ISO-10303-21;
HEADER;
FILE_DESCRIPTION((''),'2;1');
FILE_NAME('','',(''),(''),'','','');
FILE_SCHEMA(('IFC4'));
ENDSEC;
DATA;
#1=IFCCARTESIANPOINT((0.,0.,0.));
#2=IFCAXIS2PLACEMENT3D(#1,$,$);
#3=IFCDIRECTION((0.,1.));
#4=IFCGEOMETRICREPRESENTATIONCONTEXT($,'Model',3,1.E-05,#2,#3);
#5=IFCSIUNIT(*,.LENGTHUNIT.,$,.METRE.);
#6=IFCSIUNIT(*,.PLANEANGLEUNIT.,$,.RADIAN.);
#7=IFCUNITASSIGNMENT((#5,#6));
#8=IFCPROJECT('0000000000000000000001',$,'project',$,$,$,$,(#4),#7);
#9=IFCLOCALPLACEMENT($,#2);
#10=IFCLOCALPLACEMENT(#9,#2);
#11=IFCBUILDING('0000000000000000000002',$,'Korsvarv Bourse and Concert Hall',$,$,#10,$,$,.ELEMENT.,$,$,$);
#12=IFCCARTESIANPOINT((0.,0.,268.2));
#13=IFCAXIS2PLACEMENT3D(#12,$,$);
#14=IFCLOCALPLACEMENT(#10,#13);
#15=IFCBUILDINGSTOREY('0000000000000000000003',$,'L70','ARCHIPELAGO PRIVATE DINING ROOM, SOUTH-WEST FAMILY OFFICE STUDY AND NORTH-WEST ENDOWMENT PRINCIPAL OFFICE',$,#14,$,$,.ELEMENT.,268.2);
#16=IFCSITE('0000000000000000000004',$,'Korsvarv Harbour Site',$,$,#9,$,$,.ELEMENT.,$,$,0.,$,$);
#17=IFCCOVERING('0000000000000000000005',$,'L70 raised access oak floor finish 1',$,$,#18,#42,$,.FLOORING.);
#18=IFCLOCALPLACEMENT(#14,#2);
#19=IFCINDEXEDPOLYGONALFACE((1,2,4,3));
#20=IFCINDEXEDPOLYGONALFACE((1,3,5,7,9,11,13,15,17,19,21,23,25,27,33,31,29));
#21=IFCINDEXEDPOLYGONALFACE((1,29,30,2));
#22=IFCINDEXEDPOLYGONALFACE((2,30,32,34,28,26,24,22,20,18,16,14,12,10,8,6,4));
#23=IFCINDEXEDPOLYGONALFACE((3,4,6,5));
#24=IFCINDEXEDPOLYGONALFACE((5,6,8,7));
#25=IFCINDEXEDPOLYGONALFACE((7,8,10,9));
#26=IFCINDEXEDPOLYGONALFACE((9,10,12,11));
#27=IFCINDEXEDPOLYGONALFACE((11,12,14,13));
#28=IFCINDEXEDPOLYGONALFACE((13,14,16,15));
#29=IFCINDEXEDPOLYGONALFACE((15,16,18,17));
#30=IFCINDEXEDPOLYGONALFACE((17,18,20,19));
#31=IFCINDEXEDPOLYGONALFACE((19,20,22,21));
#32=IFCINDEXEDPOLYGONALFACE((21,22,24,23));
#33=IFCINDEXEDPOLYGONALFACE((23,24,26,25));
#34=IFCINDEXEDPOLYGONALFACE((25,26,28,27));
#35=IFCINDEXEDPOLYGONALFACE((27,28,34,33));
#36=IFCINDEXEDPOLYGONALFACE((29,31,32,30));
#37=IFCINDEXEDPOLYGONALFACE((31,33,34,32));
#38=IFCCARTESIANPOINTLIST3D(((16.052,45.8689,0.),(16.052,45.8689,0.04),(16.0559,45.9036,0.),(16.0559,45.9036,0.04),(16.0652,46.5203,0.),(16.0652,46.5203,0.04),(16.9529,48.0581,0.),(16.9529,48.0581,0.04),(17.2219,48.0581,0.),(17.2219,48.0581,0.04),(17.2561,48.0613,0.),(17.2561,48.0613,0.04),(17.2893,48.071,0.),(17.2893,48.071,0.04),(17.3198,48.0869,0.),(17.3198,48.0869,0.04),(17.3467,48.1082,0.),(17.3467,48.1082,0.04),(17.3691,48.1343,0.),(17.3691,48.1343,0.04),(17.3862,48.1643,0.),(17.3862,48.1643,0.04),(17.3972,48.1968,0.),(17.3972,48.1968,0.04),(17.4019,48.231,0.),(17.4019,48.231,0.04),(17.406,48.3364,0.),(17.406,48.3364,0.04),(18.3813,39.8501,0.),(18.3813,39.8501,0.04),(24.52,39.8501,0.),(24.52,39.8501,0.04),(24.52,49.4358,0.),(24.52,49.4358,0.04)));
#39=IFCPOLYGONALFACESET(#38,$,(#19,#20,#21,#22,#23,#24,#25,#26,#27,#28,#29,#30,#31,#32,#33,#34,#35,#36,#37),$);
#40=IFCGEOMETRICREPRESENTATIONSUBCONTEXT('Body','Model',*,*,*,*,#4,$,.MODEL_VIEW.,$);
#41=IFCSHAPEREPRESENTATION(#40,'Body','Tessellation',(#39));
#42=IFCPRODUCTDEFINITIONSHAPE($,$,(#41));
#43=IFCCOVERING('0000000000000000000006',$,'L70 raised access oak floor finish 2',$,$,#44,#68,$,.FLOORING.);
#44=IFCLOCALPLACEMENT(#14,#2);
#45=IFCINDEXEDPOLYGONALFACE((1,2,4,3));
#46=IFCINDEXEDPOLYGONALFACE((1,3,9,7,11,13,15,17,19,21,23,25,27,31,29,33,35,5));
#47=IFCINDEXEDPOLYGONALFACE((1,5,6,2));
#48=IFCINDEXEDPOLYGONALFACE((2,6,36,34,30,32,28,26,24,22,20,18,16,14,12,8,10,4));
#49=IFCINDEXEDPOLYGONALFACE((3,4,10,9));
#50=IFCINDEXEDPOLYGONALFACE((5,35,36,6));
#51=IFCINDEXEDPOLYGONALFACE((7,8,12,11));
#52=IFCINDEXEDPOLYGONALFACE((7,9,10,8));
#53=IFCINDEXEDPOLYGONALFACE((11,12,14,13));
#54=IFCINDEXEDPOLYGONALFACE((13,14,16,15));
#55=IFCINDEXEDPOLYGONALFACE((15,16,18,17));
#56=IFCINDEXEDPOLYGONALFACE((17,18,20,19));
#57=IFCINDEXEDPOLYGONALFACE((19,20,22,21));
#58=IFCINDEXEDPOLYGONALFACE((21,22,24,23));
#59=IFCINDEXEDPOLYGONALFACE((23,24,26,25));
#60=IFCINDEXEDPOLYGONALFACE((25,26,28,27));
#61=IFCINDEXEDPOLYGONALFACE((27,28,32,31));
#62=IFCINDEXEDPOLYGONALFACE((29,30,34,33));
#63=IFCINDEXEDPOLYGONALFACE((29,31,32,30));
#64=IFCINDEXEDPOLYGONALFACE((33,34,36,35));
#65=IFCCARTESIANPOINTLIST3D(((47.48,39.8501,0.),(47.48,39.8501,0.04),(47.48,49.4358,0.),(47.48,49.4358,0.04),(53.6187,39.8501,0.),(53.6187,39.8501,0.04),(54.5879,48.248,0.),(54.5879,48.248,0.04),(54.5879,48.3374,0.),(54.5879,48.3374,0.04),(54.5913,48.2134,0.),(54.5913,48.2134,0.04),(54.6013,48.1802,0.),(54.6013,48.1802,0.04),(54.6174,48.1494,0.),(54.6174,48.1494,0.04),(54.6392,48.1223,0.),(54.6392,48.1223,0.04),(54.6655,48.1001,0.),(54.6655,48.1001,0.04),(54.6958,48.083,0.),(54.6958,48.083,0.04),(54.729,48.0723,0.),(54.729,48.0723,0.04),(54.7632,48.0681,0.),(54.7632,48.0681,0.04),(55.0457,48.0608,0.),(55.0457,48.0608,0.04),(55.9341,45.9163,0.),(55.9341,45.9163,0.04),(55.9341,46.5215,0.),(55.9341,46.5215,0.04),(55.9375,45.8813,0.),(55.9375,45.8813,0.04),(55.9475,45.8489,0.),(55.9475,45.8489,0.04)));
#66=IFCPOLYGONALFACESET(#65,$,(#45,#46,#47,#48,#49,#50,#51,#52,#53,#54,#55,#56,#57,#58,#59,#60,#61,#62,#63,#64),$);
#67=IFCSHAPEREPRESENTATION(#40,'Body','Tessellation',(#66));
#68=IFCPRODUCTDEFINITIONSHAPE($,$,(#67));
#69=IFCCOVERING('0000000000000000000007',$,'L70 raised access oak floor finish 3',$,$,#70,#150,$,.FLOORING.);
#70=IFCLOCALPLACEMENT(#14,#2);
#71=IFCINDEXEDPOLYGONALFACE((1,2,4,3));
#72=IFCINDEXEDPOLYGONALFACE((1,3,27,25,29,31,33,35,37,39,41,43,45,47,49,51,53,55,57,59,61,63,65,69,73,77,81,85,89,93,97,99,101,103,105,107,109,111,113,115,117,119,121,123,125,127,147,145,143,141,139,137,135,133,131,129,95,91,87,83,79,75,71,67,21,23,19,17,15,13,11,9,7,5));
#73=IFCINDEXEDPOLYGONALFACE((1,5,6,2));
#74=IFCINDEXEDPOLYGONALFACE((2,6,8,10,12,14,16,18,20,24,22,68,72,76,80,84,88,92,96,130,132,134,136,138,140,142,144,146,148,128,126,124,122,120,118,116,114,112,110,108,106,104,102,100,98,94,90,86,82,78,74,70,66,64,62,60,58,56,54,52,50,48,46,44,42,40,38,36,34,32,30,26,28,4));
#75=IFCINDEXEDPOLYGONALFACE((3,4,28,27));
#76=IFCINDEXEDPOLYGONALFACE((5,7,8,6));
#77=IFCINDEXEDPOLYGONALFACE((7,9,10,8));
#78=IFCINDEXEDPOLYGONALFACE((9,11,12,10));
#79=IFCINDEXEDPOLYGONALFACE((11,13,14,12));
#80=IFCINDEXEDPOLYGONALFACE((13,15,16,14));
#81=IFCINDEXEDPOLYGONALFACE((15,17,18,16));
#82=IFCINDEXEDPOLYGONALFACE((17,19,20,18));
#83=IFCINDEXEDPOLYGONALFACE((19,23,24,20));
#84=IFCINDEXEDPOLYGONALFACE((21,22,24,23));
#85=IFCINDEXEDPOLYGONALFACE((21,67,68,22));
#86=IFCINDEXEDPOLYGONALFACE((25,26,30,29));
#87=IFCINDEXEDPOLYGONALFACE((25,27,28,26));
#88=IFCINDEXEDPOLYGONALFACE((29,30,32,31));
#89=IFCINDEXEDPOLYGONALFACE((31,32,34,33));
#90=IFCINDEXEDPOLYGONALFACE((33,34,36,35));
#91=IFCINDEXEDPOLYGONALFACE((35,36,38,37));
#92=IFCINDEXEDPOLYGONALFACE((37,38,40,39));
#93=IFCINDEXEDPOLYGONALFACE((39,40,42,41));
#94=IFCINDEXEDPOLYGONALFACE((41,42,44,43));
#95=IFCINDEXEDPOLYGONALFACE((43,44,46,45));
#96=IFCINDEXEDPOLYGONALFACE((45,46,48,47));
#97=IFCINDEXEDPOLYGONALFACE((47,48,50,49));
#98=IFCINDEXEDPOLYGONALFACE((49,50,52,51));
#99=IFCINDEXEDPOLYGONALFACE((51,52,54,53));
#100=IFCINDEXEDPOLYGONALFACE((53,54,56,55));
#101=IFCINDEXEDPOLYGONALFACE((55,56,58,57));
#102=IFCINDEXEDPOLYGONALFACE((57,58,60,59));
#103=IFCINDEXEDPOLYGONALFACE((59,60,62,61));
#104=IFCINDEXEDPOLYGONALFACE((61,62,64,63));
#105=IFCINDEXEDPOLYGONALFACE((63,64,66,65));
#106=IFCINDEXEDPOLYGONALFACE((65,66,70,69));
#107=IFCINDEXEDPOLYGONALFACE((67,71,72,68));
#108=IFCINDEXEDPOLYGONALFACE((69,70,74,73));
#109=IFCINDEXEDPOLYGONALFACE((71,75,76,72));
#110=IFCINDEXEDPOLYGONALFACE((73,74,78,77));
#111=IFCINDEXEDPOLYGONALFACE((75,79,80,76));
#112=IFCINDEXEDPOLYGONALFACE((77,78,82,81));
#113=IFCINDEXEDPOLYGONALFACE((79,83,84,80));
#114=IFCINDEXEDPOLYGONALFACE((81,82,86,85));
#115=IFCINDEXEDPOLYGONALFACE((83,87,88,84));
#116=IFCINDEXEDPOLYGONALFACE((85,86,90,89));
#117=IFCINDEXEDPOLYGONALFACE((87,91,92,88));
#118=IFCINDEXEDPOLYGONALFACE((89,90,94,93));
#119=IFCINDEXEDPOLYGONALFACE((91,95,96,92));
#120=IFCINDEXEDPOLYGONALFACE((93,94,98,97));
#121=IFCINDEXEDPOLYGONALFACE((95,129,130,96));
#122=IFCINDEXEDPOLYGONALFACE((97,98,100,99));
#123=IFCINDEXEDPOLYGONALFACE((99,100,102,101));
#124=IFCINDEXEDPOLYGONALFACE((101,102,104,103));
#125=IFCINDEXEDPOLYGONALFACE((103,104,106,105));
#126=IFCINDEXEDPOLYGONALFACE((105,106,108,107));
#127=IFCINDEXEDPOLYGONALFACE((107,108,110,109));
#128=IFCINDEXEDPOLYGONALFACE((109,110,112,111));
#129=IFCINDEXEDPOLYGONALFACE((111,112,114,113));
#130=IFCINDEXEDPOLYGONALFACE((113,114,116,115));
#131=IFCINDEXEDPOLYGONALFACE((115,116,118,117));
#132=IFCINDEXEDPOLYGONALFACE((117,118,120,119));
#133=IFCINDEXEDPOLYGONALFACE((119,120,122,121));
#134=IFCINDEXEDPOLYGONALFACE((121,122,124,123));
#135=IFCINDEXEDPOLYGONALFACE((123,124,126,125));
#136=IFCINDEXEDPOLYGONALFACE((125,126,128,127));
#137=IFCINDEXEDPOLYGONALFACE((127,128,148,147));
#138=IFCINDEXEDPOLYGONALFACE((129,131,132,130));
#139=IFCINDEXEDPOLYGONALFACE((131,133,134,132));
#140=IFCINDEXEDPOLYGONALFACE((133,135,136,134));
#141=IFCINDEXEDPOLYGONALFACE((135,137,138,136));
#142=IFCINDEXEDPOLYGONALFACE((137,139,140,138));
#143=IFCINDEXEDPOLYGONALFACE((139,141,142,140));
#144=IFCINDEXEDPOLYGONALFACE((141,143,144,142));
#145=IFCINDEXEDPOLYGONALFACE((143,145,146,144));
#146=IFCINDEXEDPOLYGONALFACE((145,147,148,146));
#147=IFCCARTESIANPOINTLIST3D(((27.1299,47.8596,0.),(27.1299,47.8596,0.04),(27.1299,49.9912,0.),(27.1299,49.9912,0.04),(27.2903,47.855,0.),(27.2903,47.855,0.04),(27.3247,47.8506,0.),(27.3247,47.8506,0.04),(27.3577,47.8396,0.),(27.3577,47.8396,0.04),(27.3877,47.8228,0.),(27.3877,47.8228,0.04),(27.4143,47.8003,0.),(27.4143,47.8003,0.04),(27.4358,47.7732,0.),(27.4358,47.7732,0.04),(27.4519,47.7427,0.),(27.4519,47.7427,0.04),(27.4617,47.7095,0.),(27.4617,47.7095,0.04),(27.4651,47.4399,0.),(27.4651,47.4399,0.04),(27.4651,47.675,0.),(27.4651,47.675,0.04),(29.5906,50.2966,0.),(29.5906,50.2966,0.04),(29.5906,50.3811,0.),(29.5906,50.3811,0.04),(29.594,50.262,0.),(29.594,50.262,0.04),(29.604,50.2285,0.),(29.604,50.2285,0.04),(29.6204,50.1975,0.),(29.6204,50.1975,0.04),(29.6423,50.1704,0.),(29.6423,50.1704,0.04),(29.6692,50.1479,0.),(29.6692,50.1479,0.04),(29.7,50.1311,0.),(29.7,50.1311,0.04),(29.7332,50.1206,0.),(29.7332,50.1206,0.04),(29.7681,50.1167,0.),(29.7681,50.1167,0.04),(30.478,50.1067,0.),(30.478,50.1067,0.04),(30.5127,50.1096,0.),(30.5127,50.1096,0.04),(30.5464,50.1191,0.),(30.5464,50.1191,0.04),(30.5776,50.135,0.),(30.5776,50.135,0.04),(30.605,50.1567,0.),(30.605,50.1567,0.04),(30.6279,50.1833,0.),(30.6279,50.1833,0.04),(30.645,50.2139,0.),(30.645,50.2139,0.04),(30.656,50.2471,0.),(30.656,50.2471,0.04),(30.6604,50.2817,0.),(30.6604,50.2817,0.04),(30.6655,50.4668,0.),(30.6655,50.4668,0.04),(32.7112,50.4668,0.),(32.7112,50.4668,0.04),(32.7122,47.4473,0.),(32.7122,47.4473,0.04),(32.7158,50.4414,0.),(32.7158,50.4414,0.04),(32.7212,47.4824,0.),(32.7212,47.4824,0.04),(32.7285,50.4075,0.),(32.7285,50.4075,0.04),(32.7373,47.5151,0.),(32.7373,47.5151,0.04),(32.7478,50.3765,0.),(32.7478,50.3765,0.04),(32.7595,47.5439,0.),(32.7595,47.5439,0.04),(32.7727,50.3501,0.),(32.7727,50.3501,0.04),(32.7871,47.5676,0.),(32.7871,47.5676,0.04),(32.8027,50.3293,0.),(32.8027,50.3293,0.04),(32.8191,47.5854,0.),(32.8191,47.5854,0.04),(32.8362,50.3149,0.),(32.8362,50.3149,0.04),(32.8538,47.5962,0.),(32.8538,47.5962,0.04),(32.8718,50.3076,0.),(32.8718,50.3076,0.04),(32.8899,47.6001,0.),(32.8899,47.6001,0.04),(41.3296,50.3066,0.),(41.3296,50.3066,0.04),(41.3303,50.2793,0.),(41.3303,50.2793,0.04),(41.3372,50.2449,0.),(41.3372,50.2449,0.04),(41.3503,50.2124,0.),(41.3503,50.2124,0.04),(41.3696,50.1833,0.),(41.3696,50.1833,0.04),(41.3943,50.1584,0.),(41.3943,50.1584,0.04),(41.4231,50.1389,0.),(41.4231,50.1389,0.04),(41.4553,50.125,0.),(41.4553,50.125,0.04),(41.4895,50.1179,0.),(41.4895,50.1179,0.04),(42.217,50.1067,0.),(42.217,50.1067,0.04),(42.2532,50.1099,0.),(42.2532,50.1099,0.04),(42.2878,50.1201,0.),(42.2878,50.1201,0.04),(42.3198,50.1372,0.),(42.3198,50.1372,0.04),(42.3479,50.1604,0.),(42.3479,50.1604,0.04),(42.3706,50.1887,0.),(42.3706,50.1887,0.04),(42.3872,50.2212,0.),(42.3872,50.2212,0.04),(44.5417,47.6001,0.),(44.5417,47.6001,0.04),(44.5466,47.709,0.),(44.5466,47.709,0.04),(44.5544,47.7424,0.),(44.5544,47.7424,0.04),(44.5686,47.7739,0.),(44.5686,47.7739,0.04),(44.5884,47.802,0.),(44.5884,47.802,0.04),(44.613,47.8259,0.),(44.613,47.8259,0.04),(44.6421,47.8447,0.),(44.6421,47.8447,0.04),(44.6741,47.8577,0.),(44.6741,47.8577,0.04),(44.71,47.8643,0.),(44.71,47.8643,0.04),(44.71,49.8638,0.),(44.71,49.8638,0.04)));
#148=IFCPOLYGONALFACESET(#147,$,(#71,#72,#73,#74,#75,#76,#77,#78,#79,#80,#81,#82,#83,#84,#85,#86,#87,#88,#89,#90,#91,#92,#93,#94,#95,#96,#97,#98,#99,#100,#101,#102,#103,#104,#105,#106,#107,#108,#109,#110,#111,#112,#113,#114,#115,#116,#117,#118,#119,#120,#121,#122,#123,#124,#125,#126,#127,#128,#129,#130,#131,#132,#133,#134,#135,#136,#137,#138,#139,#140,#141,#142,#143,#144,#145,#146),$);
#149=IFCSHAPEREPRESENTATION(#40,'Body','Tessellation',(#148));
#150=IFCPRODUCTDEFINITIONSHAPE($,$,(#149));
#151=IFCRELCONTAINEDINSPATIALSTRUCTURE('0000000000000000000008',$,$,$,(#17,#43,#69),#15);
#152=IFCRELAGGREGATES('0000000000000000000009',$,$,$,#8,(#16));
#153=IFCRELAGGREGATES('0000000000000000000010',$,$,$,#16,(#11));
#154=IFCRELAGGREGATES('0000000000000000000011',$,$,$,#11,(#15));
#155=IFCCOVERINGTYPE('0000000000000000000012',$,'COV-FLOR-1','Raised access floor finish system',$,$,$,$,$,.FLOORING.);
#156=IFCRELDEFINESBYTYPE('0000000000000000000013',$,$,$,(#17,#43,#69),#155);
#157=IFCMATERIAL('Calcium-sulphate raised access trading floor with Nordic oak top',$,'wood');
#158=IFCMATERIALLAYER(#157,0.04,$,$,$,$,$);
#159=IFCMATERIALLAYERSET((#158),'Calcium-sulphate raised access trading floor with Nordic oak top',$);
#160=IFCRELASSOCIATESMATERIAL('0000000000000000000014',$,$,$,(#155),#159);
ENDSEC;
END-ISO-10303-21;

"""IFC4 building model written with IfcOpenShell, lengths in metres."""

from ifc_helpers import new_model, si_unit, direction, frame, origin, place, context, subcontext, project, spatial, polyline, outline, extrude, material, layer, layer_set, type_object, element, save


model = new_model("IFC4")

# Units and contexts
model_context = context("Model", 3, precision=1e-05, world=origin(), true_north=direction((0.0, 1.0)))
body_context = subcontext(model_context, "Body", "Model", "MODEL_VIEW")
ifc_project = project(units=[si_unit("LENGTHUNIT", "METRE"), si_unit("PLANEANGLEUNIT", "RADIAN")], contexts=[model_context])

# Site, building, storey
site_placement = place(None, origin())
site = spatial("IfcSite", under=ifc_project, at=site_placement, Name="Korsvarv Harbour Site", CompositionType="ELEMENT", RefElevation=0.0)
building_placement = place(site_placement, origin())
building = spatial("IfcBuilding", under=site, at=building_placement, Name="Korsvarv Bourse and Concert Hall", CompositionType="ELEMENT")
storey_placement = place(building_placement, frame((0.0, 0.0, 268.2)))
storey = spatial("IfcBuildingStorey", under=building, at=storey_placement, Name="L70", Description="ARCHIPELAGO PRIVATE DINING ROOM, SOUTH-WEST FAMILY OFFICE STUDY AND NORTH-WEST ENDOWMENT PRINCIPAL OFFICE", CompositionType="ELEMENT", Elevation=268.2)

# Coverings
ifc_material_1 = material(Name="Calcium-sulphate raised access trading floor with Nordic oak top", Category="wood")
ifc_layer_1 = layer(ifc_material_1, 0.04)
ifc_layer_set_1 = layer_set([ifc_layer_1], Name="Calcium-sulphate raised access trading floor with Nordic oak top")
covering_type_1 = type_object("IfcCoveringType", Name="COV-FLOR-1", Description="Raised access floor finish system", PredefinedType="FLOORING", material=ifc_layer_set_1)
covering_1_placement = place(storey_placement, origin())
element("IfcCovering", 1, at=covering_1_placement, inside=storey, type_object=covering_type_1, Name="L70 raised access oak floor finish 1", PredefinedType="FLOORING", context=body_context, shape_type="SweptSolid", body=[
    extrude(outline(polyline([(16.052, 45.8689), (16.0559, 45.9036), (16.0652, 46.5203), (16.9529, 48.0581), (17.2219, 48.0581), (17.2561, 48.0613), (17.2893, 48.071), (17.3198, 48.0869), (17.3467, 48.1082), (17.3691, 48.1343), (17.3862, 48.1643), (17.3972, 48.1968), (17.4019, 48.231), (17.406, 48.3364), (24.52, 49.4358), (24.52, 39.8501), (18.3813, 39.8501), (16.052, 45.8689)])), origin(), (0.0, 0.0, 1.0), 0.04),
])
covering_2_placement = place(storey_placement, origin())
element("IfcCovering", 2, at=covering_2_placement, inside=storey, type_object=covering_type_1, Name="L70 raised access oak floor finish 2", PredefinedType="FLOORING", context=body_context, shape_type="SweptSolid", body=[
    extrude(outline(polyline([(54.5879, 48.248), (54.5913, 48.2134), (54.6013, 48.1802), (54.6174, 48.1494), (54.6392, 48.1223), (54.6655, 48.1001), (54.6958, 48.083), (54.729, 48.0723), (54.7632, 48.0681), (55.0457, 48.0608), (55.9341, 46.5215), (55.9341, 45.9163), (55.9375, 45.8813), (55.9475, 45.8489), (53.6187, 39.8501), (47.48, 39.8501), (47.48, 49.4358), (54.5879, 48.3374), (54.5879, 48.248)])), origin(), (0.0, 0.0, 1.0), 0.04),
])
covering_3_placement = place(storey_placement, origin())
element("IfcCovering", 3, at=covering_3_placement, inside=storey, type_object=covering_type_1, Name="L70 raised access oak floor finish 3", PredefinedType="FLOORING", context=body_context, shape_type="SweptSolid", body=[
    extrude(outline(polyline([(29.5906, 50.3811), (29.5906, 50.2966), (29.594, 50.262), (29.604, 50.2285), (29.6204, 50.1975), (29.6423, 50.1704), (29.6692, 50.1479), (29.7, 50.1311), (29.7332, 50.1206), (29.7681, 50.1167), (30.478, 50.1067), (30.5127, 50.1096), (30.5464, 50.1191), (30.5776, 50.135), (30.605, 50.1567), (30.6279, 50.1833), (30.645, 50.2139), (30.656, 50.2471), (30.6604, 50.2817), (30.6655, 50.4668), (32.7112, 50.4668), (32.7158, 50.4414), (32.7285, 50.4075), (32.7478, 50.3765), (32.7727, 50.3501), (32.8027, 50.3293), (32.8362, 50.3149), (32.8718, 50.3076), (41.3296, 50.3066), (41.3303, 50.2793), (41.3372, 50.2449), (41.3503, 50.2124), (41.3696, 50.1833), (41.3943, 50.1584), (41.4231, 50.1389), (41.4553, 50.125), (41.4895, 50.1179), (42.217, 50.1067), (42.2532, 50.1099), (42.2878, 50.1201), (42.3198, 50.1372), (42.3479, 50.1604), (42.3706, 50.1887), (42.3872, 50.2212), (44.71, 49.8638), (44.71, 47.8643), (44.6741, 47.8577), (44.6421, 47.8447), (44.613, 47.8259), (44.5884, 47.802), (44.5686, 47.7739), (44.5544, 47.7424), (44.5466, 47.709), (44.5417, 47.6001), (32.8899, 47.6001), (32.8538, 47.5962), (32.8191, 47.5854), (32.7871, 47.5676), (32.7595, 47.5439), (32.7373, 47.5151), (32.7212, 47.4824), (32.7122, 47.4473), (27.4651, 47.4399), (27.4651, 47.675), (27.4617, 47.7095), (27.4519, 47.7427), (27.4358, 47.7732), (27.4143, 47.8003), (27.3877, 47.8228), (27.3577, 47.8396), (27.3247, 47.8506), (27.2903, 47.855), (27.1299, 47.8596), (27.1299, 49.9912), (29.5906, 50.3811)])), origin(), (0.0, 0.0, 1.0), 0.04),
])

save(model, "model.ifc")
